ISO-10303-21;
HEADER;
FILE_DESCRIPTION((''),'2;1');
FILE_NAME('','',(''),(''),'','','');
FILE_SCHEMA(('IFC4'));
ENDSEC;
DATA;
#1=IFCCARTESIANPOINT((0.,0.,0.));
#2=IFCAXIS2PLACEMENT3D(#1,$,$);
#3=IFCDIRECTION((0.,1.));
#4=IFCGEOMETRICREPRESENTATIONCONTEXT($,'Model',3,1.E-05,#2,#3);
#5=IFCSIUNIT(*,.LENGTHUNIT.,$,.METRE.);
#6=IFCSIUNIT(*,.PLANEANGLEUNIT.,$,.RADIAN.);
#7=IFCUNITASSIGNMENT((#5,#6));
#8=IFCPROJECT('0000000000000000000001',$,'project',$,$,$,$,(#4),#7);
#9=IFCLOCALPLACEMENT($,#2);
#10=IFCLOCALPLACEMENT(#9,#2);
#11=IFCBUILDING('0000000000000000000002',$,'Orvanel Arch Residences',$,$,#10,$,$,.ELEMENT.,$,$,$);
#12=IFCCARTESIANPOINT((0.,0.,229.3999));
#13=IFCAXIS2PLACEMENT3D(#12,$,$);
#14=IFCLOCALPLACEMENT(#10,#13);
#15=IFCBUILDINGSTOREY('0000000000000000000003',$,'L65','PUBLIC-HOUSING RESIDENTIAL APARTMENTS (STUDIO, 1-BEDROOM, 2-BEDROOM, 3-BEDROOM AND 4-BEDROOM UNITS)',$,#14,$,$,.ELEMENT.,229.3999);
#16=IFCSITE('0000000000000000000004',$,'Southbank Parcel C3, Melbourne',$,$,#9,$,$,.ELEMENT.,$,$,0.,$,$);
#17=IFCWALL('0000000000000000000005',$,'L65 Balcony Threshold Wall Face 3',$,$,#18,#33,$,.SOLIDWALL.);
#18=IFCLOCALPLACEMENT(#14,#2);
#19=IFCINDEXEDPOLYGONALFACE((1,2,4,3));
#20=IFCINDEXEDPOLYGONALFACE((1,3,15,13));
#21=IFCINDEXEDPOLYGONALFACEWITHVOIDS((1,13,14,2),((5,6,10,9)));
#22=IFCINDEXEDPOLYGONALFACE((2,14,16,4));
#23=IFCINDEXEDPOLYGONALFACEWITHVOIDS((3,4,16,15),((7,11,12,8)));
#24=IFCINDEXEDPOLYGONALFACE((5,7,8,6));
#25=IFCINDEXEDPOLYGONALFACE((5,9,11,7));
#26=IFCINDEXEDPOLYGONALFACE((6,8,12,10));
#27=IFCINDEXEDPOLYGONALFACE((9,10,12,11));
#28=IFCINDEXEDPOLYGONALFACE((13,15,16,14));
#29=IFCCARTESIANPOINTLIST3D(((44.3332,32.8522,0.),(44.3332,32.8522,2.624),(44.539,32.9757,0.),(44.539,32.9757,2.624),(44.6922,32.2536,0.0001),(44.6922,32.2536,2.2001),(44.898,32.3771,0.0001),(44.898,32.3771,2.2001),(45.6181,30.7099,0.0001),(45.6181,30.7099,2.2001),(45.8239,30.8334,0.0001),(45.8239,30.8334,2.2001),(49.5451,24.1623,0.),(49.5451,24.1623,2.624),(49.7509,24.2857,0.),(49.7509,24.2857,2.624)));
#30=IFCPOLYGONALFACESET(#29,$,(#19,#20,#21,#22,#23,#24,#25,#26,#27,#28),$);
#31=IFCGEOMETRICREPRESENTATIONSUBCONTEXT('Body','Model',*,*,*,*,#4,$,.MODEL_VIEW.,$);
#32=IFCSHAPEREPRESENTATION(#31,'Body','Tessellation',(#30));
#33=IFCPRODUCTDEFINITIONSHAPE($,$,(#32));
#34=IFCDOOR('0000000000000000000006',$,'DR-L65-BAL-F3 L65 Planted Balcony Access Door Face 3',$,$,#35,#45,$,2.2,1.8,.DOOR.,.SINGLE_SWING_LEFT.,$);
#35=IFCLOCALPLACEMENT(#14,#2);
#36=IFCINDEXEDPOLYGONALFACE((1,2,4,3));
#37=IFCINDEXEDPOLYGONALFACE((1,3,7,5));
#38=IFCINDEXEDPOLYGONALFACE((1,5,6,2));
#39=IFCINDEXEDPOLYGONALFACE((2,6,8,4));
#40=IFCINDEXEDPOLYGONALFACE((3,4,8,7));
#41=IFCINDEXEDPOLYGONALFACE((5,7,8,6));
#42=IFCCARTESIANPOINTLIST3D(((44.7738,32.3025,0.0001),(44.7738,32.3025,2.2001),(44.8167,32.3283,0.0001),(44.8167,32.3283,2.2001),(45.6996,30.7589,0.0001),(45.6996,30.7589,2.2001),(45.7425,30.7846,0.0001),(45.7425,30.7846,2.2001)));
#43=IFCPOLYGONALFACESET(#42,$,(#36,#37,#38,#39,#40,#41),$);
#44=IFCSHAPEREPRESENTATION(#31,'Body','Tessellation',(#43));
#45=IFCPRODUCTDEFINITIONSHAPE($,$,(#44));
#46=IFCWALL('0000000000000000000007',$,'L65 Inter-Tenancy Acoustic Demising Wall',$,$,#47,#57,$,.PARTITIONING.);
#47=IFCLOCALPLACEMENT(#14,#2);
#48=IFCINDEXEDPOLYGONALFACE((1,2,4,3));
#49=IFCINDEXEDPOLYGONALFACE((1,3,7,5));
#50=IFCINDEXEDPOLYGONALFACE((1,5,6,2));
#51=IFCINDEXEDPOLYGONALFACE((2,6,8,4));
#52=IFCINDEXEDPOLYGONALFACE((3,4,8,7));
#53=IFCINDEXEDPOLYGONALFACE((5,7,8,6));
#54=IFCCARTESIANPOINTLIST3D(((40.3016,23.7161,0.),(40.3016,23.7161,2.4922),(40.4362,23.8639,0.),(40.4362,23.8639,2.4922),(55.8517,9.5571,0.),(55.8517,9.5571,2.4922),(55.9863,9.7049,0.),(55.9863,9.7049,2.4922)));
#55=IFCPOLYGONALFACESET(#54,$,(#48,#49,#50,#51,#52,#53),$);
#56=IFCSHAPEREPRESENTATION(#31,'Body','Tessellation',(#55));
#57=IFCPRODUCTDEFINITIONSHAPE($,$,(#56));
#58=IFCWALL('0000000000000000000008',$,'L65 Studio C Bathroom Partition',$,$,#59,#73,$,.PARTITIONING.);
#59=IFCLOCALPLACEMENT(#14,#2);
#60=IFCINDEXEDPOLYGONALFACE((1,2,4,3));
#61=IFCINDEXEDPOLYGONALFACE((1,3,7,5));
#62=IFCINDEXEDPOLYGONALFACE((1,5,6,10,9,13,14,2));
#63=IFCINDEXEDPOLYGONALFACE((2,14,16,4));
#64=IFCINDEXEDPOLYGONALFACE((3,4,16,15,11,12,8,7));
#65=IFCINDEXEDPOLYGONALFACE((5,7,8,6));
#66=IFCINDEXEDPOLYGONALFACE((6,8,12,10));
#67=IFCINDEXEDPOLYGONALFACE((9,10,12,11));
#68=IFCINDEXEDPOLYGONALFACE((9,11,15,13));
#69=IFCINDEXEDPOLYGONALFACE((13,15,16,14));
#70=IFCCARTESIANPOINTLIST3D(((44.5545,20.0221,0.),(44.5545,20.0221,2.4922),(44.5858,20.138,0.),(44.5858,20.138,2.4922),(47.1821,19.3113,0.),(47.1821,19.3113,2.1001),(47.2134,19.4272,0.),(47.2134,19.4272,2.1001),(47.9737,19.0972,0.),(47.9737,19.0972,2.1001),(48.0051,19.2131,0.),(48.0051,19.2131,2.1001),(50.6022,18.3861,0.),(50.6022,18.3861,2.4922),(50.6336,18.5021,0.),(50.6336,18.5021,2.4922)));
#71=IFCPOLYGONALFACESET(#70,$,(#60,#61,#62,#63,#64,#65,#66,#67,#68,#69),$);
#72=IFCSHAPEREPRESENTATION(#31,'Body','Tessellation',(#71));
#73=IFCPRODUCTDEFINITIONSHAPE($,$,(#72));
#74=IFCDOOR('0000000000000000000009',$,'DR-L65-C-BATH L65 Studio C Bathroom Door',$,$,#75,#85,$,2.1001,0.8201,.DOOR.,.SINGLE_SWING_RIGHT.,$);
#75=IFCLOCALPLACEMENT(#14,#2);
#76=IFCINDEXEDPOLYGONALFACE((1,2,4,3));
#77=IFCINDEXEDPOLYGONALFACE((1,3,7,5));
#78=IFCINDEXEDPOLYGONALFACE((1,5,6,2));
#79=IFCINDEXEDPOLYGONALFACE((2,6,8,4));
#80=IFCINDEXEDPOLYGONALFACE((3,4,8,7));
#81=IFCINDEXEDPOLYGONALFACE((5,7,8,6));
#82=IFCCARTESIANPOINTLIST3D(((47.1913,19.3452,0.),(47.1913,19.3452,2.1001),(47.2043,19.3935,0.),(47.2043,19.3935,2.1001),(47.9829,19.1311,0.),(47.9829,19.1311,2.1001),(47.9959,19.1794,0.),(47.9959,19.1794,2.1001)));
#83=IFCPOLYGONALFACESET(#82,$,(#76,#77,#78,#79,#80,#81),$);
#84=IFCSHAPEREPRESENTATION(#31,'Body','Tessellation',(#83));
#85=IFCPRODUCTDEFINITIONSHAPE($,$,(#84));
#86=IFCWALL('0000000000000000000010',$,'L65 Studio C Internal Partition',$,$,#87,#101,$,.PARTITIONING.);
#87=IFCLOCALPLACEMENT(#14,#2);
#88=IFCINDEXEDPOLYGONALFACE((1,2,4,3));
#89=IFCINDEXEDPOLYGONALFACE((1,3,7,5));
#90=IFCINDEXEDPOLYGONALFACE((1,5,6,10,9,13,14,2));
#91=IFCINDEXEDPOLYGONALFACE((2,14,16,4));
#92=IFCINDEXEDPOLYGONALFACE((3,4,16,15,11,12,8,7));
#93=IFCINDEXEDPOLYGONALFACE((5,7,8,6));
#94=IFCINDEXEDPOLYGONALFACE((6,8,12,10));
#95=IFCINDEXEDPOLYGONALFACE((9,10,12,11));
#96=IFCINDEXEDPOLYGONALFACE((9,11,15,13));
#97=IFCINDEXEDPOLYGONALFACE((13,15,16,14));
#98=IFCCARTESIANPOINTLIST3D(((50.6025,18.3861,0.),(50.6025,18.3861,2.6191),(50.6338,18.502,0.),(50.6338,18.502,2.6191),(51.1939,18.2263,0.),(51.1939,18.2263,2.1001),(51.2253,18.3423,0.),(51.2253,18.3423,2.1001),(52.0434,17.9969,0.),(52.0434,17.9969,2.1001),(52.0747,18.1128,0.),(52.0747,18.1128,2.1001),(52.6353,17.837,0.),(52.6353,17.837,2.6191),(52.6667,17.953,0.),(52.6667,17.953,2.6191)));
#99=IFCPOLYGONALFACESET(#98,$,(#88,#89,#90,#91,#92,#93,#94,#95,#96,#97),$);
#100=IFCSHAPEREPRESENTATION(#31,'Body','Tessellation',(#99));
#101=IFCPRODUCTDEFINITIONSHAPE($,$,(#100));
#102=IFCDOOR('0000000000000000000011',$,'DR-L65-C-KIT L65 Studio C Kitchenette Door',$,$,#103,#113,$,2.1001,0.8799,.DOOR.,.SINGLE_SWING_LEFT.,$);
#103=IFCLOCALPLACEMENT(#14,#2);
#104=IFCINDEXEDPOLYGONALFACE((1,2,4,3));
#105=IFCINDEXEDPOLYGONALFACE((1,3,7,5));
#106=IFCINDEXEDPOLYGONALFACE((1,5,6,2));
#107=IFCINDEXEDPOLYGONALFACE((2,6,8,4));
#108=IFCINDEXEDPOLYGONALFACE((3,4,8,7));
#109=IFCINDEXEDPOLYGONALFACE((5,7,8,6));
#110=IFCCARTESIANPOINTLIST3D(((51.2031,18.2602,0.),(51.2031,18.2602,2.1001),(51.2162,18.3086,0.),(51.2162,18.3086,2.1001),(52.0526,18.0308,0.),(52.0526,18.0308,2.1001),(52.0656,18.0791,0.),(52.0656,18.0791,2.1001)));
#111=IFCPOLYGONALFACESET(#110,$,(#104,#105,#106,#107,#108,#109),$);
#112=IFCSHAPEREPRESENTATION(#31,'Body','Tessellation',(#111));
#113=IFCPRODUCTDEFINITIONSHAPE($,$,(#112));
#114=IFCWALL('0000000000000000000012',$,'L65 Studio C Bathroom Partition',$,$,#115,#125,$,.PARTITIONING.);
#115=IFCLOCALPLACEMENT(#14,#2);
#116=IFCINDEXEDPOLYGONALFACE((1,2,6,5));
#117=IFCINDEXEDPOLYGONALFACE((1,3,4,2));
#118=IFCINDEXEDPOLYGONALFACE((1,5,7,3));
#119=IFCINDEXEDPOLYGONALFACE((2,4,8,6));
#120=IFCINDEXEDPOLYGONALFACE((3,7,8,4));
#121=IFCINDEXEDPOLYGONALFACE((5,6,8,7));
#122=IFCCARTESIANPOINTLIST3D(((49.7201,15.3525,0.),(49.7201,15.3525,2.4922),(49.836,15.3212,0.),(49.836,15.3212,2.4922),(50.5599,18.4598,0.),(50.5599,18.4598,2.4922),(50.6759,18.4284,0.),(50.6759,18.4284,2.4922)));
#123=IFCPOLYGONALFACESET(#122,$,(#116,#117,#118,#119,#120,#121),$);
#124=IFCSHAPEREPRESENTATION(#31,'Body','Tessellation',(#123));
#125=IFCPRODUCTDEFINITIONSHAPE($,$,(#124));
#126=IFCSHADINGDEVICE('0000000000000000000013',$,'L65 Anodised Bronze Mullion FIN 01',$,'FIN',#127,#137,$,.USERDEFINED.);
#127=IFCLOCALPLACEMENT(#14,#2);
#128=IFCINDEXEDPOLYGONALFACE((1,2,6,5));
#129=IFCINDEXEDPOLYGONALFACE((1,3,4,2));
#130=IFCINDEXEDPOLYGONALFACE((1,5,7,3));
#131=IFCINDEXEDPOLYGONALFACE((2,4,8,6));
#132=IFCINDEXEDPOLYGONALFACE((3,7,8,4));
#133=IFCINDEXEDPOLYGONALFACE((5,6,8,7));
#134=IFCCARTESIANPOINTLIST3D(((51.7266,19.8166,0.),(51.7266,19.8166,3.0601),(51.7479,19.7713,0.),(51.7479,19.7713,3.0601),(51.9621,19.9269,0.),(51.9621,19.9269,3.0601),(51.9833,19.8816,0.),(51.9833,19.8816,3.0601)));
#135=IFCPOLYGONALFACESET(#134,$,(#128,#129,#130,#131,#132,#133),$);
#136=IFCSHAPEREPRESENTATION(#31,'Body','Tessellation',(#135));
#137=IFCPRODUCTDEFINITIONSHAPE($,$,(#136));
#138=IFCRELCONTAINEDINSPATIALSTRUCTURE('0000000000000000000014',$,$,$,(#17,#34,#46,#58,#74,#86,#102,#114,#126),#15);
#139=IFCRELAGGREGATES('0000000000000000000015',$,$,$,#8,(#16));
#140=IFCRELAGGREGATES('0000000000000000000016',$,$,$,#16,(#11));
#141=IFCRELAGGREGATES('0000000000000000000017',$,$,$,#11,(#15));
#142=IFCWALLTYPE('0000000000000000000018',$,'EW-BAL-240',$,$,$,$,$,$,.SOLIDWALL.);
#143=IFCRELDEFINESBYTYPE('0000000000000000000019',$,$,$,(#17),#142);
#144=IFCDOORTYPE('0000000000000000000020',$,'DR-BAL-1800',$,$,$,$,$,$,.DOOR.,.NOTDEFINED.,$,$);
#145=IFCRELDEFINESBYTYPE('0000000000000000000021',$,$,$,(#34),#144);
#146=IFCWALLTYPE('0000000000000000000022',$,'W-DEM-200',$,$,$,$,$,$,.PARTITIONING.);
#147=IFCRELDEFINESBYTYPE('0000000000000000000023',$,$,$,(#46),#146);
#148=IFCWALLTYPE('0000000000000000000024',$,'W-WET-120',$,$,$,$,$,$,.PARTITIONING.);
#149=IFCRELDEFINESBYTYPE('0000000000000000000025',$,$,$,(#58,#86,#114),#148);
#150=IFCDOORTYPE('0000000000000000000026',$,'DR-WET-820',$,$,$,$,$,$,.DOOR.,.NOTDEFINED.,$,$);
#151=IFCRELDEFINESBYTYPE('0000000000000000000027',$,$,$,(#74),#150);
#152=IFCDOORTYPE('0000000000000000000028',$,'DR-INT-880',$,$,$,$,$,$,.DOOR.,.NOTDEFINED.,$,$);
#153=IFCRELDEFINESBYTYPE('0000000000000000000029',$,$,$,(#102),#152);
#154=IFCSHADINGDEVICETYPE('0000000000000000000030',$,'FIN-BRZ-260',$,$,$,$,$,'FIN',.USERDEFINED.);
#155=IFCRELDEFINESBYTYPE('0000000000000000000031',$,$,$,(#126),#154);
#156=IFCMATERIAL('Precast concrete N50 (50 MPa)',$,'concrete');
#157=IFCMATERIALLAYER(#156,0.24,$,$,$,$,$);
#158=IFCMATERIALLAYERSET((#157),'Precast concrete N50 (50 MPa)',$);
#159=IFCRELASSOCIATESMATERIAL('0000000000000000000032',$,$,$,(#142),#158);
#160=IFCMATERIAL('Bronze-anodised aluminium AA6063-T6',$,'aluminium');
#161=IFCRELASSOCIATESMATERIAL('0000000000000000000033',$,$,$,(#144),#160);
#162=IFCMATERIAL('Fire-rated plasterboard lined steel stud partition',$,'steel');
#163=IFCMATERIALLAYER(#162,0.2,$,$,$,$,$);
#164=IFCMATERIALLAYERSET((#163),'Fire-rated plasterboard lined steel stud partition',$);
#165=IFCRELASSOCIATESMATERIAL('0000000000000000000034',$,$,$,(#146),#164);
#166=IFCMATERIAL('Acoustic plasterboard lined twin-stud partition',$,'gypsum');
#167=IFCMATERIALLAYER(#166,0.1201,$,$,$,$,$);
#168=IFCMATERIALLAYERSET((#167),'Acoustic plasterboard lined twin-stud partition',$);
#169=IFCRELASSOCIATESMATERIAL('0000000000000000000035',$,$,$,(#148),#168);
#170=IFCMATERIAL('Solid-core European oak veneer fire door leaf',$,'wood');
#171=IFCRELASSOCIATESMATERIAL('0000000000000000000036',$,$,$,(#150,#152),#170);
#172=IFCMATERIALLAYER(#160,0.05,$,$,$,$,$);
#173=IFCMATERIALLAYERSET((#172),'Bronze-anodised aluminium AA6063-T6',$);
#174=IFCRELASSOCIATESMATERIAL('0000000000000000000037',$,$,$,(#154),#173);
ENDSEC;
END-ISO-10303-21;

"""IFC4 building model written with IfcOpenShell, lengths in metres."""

from ifc_helpers import new_model, si_unit, direction, frame, frame_2d, origin, origin_2d, place, context, subcontext, project, spatial, rectangle, extrude, material, layer, layer_set, type_object, element, fill, save


model = new_model("IFC4")

# Units and contexts
model_context = context("Model", 3, precision=1e-05, world=origin(), true_north=direction((0.0, 1.0)))
body_context = subcontext(model_context, "Body", "Model", "MODEL_VIEW")
ifc_project = project(units=[si_unit("LENGTHUNIT", "METRE"), si_unit("PLANEANGLEUNIT", "RADIAN")], contexts=[model_context])

# Site, building, storey
site_placement = place(None, origin())
site = spatial("IfcSite", under=ifc_project, at=site_placement, Name="Southbank Parcel C3, Melbourne", CompositionType="ELEMENT", RefElevation=0.0)
building_placement = place(site_placement, origin())
building = spatial("IfcBuilding", under=site, at=building_placement, Name="Orvanel Arch Residences", CompositionType="ELEMENT")
storey_placement = place(building_placement, frame((0.0, 0.0, 229.3999)))
storey = spatial("IfcBuildingStorey", under=building, at=storey_placement, Name="L65", Description="PUBLIC-HOUSING RESIDENTIAL APARTMENTS (STUDIO, 1-BEDROOM, 2-BEDROOM, 3-BEDROOM AND 4-BEDROOM UNITS)", CompositionType="ELEMENT", Elevation=229.3999)

# Shared definitions
ifc_material_1 = material(Name="Bronze-anodised aluminium AA6063-T6", Category="aluminium")

# Wall, opening, door
ifc_material_2 = material(Name="Precast concrete N50 (50 MPa)", Category="concrete")
ifc_layer_1 = layer(ifc_material_2, 0.24)
ifc_layer_set_1 = layer_set([ifc_layer_1], Name="Precast concrete N50 (50 MPa)")
wall_type_1 = type_object("IfcWallType", Name="EW-BAL-240", PredefinedType="SOLIDWALL", material=ifc_layer_set_1)
wall_1_placement = place(storey_placement, frame((49.6479, 24.2241, 0.0), z_axis=(0.0, 0.0, 1.0), x_axis=(-0.514347, 0.857582, 0.0)))
wall_1 = element("IfcWall", 1, at=wall_1_placement, inside=storey, type_object=wall_type_1, Name="L65 Balcony Threshold Wall Face 3", PredefinedType="SOLIDWALL", context=body_context, shape_type="SweptSolid", body=[
    extrude(rectangle(XDim=10.1331, YDim=0.24, at=frame_2d((5.0664, 0.0))), origin(), (0.0, 0.0, 1.0), 2.624),
])
opening_1_placement = place(wall_1_placement, frame((7.635, 0.0, 0.0)))
opening_1 = element("IfcOpeningElement", 2, at=opening_1_placement, cuts=wall_1, PredefinedType="OPENING", context=body_context, shape_type="SweptSolid", body=[
    extrude(rectangle(XDim=1.8, YDim=2.2, at=frame_2d((0.8999, 1.1001))), frame((0.0, 0.1299, 0.0), z_axis=(0.0, -1.0, 0.0), x_axis=(1.0, 0.0, 0.0)), (0.0, 0.0, 1.0), 0.26),
])
door_type_1 = type_object("IfcDoorType", Name="DR-BAL-1800", OperationType="NOTDEFINED", PredefinedType="DOOR", material=ifc_material_1)
door_1_placement = place(opening_1_placement, origin())
door_1 = element("IfcDoor", 3, at=door_1_placement, inside=storey, type_object=door_type_1, Name="DR-L65-BAL-F3 L65 Planted Balcony Access Door Face 3", OperationType="SINGLE_SWING_LEFT", OverallHeight=2.2, OverallWidth=1.8, PredefinedType="DOOR", context=body_context, shape_type="SweptSolid", body=[
    extrude(rectangle(XDim=1.8, YDim=2.2, at=frame_2d((0.8999, 1.1001))), frame((0.0, 0.0249, 0.0), z_axis=(0.0, -1.0, 0.0), x_axis=(1.0, 0.0, 0.0)), (0.0, 0.0, 1.0), 0.05),
])
fill(opening_1, door_1)

# Wall
ifc_material_3 = material(Name="Fire-rated plasterboard lined steel stud partition", Category="steel")
ifc_layer_2 = layer(ifc_material_3, 0.2)
ifc_layer_set_2 = layer_set([ifc_layer_2], Name="Fire-rated plasterboard lined steel stud partition")
wall_type_2 = type_object("IfcWallType", Name="W-DEM-200", PredefinedType="PARTITIONING", material=ifc_layer_set_2)
wall_2_placement = place(storey_placement, frame((55.9189, 9.6311, 0.0), z_axis=(0.0, 0.0, 1.0), x_axis=(-0.739407, 0.673259, 0.0)))
element("IfcWall", 4, at=wall_2_placement, inside=storey, type_object=wall_type_2, Name="L65 Inter-Tenancy Acoustic Demising Wall", PredefinedType="PARTITIONING", context=body_context, shape_type="SweptSolid", body=[
    extrude(rectangle(XDim=21.0305, YDim=0.2, at=frame_2d((10.5151, 0.0))), origin(), (0.0, 0.0, 1.0), 2.4922),
])

# Walls, openings, doors
ifc_material_4 = material(Name="Acoustic plasterboard lined twin-stud partition", Category="gypsum")
ifc_layer_3 = layer(ifc_material_4, 0.1201)
ifc_layer_set_3 = layer_set([ifc_layer_3], Name="Acoustic plasterboard lined twin-stud partition")
wall_type_3 = type_object("IfcWallType", Name="W-WET-120", PredefinedType="PARTITIONING", material=ifc_layer_set_3)
wall_3_placement = place(storey_placement, frame((50.6179, 18.4441, 0.0), z_axis=(0.0, 0.0, 1.0), x_axis=(-0.965306, 0.261122, 0.0)))
wall_3 = element("IfcWall", 5, at=wall_3_placement, inside=storey, type_object=wall_type_3, Name="L65 Studio C Bathroom Partition", PredefinedType="PARTITIONING", context=body_context, shape_type="SweptSolid", body=[
    extrude(rectangle(XDim=6.2651, YDim=0.1201, at=frame_2d((3.1326, 0.0))), origin(), (0.0, 0.0, 1.0), 2.4922),
])
opening_2_placement = place(wall_3_placement, frame((2.7229, 0.0, 0.0)))
opening_2 = element("IfcOpeningElement", 6, at=opening_2_placement, cuts=wall_3, PredefinedType="OPENING", context=body_context, shape_type="SweptSolid", body=[
    extrude(rectangle(XDim=0.8201, YDim=2.1001, at=frame_2d((0.4102, 1.05))), frame((0.0, 0.0701, 0.0), z_axis=(0.0, -1.0, 0.0), x_axis=(1.0, 0.0, 0.0)), (0.0, 0.0, 1.0), 0.1401),
])
ifc_material_5 = material(Name="Solid-core European oak veneer fire door leaf", Category="wood")
door_type_2 = type_object("IfcDoorType", Name="DR-WET-820", OperationType="NOTDEFINED", PredefinedType="DOOR", material=ifc_material_5)
door_2_placement = place(opening_2_placement, origin())
door_2 = element("IfcDoor", 7, at=door_2_placement, inside=storey, type_object=door_type_2, Name="DR-L65-C-BATH L65 Studio C Bathroom Door", OperationType="SINGLE_SWING_RIGHT", OverallHeight=2.1001, OverallWidth=0.8201, PredefinedType="DOOR", context=body_context, shape_type="SweptSolid", body=[
    extrude(rectangle(XDim=0.8201, YDim=2.1001, at=frame_2d((0.4102, 1.05))), frame((0.0, 0.0249, 0.0), z_axis=(0.0, -1.0, 0.0), x_axis=(1.0, 0.0, 0.0)), (0.0, 0.0, 1.0), 0.05),
])
fill(opening_2, door_2)
wall_4_placement = place(storey_placement, frame((52.6509, 17.895, 0.0), z_axis=(0.0, 0.0, 1.0), x_axis=(-0.965408, 0.260743, 0.0)))
wall_4 = element("IfcWall", 8, at=wall_4_placement, inside=storey, type_object=wall_type_3, Name="L65 Studio C Internal Partition", PredefinedType="PARTITIONING", context=body_context, shape_type="SweptSolid", body=[
    extrude(rectangle(XDim=2.1057, YDim=0.1201, at=frame_2d((1.0527, 0.0))), origin(), (0.0, 0.0, 1.0), 2.6191),
])
opening_3_placement = place(wall_4_placement, frame((0.613, 0.0, 0.0)))
opening_3 = element("IfcOpeningElement", 9, at=opening_3_placement, cuts=wall_4, PredefinedType="OPENING", context=body_context, shape_type="SweptSolid", body=[
    extrude(rectangle(XDim=0.8799, YDim=2.1001, at=frame_2d((0.4399, 1.05))), frame((0.0, 0.0701, 0.0), z_axis=(0.0, -1.0, 0.0), x_axis=(1.0, 0.0, 0.0)), (0.0, 0.0, 1.0), 0.1401),
])
door_type_3 = type_object("IfcDoorType", Name="DR-INT-880", OperationType="NOTDEFINED", PredefinedType="DOOR", material=ifc_material_5)
door_3_placement = place(opening_3_placement, origin())
door_3 = element("IfcDoor", 10, at=door_3_placement, inside=storey, type_object=door_type_3, Name="DR-L65-C-KIT L65 Studio C Kitchenette Door", OperationType="SINGLE_SWING_LEFT", OverallHeight=2.1001, OverallWidth=0.8799, PredefinedType="DOOR", context=body_context, shape_type="SweptSolid", body=[
    extrude(rectangle(XDim=0.8799, YDim=2.1001, at=frame_2d((0.4399, 1.05))), frame((0.0, 0.0249, 0.0), z_axis=(0.0, -1.0, 0.0), x_axis=(1.0, 0.0, 0.0)), (0.0, 0.0, 1.0), 0.05),
])
fill(opening_3, door_3)

# Wall
wall_5_placement = place(storey_placement, frame((50.6179, 18.4441, 0.0), z_axis=(0.0, 0.0, 1.0), x_axis=(-0.260928, -0.965358, 0.0)))
element("IfcWall", 11, at=wall_5_placement, inside=storey, type_object=wall_type_3, Name="L65 Studio C Bathroom Partition", PredefinedType="PARTITIONING", context=body_context, shape_type="SweptSolid", body=[
    extrude(rectangle(XDim=3.2188, YDim=0.1201, at=frame_2d((1.6094, 0.0))), origin(), (0.0, 0.0, 1.0), 2.4922),
])

# Shading device
ifc_layer_4 = layer(ifc_material_1, 0.05)
ifc_layer_set_4 = layer_set([ifc_layer_4], Name="Bronze-anodised aluminium AA6063-T6")
shading_device_type = type_object("IfcShadingDeviceType", Name="FIN-BRZ-260", ElementType="FIN", PredefinedType="USERDEFINED", material=ifc_layer_set_4)
shading_device_placement = place(storey_placement, frame((51.855, 19.8491, 0.0), z_axis=(0.0, 0.0, 1.0), x_axis=(0.905569, 0.424199, 0.0)))
element("IfcShadingDevice", 12, at=shading_device_placement, inside=storey, type_object=shading_device_type, Name="L65 Anodised Bronze Mullion FIN 01", ObjectType="FIN", PredefinedType="USERDEFINED", context=body_context, shape_type="SweptSolid", body=[
    extrude(rectangle(XDim=0.26, YDim=0.05, at=origin_2d()), origin(), (0.0, 0.0, 1.0), 3.0601),
])

save(model, "model.ifc")
